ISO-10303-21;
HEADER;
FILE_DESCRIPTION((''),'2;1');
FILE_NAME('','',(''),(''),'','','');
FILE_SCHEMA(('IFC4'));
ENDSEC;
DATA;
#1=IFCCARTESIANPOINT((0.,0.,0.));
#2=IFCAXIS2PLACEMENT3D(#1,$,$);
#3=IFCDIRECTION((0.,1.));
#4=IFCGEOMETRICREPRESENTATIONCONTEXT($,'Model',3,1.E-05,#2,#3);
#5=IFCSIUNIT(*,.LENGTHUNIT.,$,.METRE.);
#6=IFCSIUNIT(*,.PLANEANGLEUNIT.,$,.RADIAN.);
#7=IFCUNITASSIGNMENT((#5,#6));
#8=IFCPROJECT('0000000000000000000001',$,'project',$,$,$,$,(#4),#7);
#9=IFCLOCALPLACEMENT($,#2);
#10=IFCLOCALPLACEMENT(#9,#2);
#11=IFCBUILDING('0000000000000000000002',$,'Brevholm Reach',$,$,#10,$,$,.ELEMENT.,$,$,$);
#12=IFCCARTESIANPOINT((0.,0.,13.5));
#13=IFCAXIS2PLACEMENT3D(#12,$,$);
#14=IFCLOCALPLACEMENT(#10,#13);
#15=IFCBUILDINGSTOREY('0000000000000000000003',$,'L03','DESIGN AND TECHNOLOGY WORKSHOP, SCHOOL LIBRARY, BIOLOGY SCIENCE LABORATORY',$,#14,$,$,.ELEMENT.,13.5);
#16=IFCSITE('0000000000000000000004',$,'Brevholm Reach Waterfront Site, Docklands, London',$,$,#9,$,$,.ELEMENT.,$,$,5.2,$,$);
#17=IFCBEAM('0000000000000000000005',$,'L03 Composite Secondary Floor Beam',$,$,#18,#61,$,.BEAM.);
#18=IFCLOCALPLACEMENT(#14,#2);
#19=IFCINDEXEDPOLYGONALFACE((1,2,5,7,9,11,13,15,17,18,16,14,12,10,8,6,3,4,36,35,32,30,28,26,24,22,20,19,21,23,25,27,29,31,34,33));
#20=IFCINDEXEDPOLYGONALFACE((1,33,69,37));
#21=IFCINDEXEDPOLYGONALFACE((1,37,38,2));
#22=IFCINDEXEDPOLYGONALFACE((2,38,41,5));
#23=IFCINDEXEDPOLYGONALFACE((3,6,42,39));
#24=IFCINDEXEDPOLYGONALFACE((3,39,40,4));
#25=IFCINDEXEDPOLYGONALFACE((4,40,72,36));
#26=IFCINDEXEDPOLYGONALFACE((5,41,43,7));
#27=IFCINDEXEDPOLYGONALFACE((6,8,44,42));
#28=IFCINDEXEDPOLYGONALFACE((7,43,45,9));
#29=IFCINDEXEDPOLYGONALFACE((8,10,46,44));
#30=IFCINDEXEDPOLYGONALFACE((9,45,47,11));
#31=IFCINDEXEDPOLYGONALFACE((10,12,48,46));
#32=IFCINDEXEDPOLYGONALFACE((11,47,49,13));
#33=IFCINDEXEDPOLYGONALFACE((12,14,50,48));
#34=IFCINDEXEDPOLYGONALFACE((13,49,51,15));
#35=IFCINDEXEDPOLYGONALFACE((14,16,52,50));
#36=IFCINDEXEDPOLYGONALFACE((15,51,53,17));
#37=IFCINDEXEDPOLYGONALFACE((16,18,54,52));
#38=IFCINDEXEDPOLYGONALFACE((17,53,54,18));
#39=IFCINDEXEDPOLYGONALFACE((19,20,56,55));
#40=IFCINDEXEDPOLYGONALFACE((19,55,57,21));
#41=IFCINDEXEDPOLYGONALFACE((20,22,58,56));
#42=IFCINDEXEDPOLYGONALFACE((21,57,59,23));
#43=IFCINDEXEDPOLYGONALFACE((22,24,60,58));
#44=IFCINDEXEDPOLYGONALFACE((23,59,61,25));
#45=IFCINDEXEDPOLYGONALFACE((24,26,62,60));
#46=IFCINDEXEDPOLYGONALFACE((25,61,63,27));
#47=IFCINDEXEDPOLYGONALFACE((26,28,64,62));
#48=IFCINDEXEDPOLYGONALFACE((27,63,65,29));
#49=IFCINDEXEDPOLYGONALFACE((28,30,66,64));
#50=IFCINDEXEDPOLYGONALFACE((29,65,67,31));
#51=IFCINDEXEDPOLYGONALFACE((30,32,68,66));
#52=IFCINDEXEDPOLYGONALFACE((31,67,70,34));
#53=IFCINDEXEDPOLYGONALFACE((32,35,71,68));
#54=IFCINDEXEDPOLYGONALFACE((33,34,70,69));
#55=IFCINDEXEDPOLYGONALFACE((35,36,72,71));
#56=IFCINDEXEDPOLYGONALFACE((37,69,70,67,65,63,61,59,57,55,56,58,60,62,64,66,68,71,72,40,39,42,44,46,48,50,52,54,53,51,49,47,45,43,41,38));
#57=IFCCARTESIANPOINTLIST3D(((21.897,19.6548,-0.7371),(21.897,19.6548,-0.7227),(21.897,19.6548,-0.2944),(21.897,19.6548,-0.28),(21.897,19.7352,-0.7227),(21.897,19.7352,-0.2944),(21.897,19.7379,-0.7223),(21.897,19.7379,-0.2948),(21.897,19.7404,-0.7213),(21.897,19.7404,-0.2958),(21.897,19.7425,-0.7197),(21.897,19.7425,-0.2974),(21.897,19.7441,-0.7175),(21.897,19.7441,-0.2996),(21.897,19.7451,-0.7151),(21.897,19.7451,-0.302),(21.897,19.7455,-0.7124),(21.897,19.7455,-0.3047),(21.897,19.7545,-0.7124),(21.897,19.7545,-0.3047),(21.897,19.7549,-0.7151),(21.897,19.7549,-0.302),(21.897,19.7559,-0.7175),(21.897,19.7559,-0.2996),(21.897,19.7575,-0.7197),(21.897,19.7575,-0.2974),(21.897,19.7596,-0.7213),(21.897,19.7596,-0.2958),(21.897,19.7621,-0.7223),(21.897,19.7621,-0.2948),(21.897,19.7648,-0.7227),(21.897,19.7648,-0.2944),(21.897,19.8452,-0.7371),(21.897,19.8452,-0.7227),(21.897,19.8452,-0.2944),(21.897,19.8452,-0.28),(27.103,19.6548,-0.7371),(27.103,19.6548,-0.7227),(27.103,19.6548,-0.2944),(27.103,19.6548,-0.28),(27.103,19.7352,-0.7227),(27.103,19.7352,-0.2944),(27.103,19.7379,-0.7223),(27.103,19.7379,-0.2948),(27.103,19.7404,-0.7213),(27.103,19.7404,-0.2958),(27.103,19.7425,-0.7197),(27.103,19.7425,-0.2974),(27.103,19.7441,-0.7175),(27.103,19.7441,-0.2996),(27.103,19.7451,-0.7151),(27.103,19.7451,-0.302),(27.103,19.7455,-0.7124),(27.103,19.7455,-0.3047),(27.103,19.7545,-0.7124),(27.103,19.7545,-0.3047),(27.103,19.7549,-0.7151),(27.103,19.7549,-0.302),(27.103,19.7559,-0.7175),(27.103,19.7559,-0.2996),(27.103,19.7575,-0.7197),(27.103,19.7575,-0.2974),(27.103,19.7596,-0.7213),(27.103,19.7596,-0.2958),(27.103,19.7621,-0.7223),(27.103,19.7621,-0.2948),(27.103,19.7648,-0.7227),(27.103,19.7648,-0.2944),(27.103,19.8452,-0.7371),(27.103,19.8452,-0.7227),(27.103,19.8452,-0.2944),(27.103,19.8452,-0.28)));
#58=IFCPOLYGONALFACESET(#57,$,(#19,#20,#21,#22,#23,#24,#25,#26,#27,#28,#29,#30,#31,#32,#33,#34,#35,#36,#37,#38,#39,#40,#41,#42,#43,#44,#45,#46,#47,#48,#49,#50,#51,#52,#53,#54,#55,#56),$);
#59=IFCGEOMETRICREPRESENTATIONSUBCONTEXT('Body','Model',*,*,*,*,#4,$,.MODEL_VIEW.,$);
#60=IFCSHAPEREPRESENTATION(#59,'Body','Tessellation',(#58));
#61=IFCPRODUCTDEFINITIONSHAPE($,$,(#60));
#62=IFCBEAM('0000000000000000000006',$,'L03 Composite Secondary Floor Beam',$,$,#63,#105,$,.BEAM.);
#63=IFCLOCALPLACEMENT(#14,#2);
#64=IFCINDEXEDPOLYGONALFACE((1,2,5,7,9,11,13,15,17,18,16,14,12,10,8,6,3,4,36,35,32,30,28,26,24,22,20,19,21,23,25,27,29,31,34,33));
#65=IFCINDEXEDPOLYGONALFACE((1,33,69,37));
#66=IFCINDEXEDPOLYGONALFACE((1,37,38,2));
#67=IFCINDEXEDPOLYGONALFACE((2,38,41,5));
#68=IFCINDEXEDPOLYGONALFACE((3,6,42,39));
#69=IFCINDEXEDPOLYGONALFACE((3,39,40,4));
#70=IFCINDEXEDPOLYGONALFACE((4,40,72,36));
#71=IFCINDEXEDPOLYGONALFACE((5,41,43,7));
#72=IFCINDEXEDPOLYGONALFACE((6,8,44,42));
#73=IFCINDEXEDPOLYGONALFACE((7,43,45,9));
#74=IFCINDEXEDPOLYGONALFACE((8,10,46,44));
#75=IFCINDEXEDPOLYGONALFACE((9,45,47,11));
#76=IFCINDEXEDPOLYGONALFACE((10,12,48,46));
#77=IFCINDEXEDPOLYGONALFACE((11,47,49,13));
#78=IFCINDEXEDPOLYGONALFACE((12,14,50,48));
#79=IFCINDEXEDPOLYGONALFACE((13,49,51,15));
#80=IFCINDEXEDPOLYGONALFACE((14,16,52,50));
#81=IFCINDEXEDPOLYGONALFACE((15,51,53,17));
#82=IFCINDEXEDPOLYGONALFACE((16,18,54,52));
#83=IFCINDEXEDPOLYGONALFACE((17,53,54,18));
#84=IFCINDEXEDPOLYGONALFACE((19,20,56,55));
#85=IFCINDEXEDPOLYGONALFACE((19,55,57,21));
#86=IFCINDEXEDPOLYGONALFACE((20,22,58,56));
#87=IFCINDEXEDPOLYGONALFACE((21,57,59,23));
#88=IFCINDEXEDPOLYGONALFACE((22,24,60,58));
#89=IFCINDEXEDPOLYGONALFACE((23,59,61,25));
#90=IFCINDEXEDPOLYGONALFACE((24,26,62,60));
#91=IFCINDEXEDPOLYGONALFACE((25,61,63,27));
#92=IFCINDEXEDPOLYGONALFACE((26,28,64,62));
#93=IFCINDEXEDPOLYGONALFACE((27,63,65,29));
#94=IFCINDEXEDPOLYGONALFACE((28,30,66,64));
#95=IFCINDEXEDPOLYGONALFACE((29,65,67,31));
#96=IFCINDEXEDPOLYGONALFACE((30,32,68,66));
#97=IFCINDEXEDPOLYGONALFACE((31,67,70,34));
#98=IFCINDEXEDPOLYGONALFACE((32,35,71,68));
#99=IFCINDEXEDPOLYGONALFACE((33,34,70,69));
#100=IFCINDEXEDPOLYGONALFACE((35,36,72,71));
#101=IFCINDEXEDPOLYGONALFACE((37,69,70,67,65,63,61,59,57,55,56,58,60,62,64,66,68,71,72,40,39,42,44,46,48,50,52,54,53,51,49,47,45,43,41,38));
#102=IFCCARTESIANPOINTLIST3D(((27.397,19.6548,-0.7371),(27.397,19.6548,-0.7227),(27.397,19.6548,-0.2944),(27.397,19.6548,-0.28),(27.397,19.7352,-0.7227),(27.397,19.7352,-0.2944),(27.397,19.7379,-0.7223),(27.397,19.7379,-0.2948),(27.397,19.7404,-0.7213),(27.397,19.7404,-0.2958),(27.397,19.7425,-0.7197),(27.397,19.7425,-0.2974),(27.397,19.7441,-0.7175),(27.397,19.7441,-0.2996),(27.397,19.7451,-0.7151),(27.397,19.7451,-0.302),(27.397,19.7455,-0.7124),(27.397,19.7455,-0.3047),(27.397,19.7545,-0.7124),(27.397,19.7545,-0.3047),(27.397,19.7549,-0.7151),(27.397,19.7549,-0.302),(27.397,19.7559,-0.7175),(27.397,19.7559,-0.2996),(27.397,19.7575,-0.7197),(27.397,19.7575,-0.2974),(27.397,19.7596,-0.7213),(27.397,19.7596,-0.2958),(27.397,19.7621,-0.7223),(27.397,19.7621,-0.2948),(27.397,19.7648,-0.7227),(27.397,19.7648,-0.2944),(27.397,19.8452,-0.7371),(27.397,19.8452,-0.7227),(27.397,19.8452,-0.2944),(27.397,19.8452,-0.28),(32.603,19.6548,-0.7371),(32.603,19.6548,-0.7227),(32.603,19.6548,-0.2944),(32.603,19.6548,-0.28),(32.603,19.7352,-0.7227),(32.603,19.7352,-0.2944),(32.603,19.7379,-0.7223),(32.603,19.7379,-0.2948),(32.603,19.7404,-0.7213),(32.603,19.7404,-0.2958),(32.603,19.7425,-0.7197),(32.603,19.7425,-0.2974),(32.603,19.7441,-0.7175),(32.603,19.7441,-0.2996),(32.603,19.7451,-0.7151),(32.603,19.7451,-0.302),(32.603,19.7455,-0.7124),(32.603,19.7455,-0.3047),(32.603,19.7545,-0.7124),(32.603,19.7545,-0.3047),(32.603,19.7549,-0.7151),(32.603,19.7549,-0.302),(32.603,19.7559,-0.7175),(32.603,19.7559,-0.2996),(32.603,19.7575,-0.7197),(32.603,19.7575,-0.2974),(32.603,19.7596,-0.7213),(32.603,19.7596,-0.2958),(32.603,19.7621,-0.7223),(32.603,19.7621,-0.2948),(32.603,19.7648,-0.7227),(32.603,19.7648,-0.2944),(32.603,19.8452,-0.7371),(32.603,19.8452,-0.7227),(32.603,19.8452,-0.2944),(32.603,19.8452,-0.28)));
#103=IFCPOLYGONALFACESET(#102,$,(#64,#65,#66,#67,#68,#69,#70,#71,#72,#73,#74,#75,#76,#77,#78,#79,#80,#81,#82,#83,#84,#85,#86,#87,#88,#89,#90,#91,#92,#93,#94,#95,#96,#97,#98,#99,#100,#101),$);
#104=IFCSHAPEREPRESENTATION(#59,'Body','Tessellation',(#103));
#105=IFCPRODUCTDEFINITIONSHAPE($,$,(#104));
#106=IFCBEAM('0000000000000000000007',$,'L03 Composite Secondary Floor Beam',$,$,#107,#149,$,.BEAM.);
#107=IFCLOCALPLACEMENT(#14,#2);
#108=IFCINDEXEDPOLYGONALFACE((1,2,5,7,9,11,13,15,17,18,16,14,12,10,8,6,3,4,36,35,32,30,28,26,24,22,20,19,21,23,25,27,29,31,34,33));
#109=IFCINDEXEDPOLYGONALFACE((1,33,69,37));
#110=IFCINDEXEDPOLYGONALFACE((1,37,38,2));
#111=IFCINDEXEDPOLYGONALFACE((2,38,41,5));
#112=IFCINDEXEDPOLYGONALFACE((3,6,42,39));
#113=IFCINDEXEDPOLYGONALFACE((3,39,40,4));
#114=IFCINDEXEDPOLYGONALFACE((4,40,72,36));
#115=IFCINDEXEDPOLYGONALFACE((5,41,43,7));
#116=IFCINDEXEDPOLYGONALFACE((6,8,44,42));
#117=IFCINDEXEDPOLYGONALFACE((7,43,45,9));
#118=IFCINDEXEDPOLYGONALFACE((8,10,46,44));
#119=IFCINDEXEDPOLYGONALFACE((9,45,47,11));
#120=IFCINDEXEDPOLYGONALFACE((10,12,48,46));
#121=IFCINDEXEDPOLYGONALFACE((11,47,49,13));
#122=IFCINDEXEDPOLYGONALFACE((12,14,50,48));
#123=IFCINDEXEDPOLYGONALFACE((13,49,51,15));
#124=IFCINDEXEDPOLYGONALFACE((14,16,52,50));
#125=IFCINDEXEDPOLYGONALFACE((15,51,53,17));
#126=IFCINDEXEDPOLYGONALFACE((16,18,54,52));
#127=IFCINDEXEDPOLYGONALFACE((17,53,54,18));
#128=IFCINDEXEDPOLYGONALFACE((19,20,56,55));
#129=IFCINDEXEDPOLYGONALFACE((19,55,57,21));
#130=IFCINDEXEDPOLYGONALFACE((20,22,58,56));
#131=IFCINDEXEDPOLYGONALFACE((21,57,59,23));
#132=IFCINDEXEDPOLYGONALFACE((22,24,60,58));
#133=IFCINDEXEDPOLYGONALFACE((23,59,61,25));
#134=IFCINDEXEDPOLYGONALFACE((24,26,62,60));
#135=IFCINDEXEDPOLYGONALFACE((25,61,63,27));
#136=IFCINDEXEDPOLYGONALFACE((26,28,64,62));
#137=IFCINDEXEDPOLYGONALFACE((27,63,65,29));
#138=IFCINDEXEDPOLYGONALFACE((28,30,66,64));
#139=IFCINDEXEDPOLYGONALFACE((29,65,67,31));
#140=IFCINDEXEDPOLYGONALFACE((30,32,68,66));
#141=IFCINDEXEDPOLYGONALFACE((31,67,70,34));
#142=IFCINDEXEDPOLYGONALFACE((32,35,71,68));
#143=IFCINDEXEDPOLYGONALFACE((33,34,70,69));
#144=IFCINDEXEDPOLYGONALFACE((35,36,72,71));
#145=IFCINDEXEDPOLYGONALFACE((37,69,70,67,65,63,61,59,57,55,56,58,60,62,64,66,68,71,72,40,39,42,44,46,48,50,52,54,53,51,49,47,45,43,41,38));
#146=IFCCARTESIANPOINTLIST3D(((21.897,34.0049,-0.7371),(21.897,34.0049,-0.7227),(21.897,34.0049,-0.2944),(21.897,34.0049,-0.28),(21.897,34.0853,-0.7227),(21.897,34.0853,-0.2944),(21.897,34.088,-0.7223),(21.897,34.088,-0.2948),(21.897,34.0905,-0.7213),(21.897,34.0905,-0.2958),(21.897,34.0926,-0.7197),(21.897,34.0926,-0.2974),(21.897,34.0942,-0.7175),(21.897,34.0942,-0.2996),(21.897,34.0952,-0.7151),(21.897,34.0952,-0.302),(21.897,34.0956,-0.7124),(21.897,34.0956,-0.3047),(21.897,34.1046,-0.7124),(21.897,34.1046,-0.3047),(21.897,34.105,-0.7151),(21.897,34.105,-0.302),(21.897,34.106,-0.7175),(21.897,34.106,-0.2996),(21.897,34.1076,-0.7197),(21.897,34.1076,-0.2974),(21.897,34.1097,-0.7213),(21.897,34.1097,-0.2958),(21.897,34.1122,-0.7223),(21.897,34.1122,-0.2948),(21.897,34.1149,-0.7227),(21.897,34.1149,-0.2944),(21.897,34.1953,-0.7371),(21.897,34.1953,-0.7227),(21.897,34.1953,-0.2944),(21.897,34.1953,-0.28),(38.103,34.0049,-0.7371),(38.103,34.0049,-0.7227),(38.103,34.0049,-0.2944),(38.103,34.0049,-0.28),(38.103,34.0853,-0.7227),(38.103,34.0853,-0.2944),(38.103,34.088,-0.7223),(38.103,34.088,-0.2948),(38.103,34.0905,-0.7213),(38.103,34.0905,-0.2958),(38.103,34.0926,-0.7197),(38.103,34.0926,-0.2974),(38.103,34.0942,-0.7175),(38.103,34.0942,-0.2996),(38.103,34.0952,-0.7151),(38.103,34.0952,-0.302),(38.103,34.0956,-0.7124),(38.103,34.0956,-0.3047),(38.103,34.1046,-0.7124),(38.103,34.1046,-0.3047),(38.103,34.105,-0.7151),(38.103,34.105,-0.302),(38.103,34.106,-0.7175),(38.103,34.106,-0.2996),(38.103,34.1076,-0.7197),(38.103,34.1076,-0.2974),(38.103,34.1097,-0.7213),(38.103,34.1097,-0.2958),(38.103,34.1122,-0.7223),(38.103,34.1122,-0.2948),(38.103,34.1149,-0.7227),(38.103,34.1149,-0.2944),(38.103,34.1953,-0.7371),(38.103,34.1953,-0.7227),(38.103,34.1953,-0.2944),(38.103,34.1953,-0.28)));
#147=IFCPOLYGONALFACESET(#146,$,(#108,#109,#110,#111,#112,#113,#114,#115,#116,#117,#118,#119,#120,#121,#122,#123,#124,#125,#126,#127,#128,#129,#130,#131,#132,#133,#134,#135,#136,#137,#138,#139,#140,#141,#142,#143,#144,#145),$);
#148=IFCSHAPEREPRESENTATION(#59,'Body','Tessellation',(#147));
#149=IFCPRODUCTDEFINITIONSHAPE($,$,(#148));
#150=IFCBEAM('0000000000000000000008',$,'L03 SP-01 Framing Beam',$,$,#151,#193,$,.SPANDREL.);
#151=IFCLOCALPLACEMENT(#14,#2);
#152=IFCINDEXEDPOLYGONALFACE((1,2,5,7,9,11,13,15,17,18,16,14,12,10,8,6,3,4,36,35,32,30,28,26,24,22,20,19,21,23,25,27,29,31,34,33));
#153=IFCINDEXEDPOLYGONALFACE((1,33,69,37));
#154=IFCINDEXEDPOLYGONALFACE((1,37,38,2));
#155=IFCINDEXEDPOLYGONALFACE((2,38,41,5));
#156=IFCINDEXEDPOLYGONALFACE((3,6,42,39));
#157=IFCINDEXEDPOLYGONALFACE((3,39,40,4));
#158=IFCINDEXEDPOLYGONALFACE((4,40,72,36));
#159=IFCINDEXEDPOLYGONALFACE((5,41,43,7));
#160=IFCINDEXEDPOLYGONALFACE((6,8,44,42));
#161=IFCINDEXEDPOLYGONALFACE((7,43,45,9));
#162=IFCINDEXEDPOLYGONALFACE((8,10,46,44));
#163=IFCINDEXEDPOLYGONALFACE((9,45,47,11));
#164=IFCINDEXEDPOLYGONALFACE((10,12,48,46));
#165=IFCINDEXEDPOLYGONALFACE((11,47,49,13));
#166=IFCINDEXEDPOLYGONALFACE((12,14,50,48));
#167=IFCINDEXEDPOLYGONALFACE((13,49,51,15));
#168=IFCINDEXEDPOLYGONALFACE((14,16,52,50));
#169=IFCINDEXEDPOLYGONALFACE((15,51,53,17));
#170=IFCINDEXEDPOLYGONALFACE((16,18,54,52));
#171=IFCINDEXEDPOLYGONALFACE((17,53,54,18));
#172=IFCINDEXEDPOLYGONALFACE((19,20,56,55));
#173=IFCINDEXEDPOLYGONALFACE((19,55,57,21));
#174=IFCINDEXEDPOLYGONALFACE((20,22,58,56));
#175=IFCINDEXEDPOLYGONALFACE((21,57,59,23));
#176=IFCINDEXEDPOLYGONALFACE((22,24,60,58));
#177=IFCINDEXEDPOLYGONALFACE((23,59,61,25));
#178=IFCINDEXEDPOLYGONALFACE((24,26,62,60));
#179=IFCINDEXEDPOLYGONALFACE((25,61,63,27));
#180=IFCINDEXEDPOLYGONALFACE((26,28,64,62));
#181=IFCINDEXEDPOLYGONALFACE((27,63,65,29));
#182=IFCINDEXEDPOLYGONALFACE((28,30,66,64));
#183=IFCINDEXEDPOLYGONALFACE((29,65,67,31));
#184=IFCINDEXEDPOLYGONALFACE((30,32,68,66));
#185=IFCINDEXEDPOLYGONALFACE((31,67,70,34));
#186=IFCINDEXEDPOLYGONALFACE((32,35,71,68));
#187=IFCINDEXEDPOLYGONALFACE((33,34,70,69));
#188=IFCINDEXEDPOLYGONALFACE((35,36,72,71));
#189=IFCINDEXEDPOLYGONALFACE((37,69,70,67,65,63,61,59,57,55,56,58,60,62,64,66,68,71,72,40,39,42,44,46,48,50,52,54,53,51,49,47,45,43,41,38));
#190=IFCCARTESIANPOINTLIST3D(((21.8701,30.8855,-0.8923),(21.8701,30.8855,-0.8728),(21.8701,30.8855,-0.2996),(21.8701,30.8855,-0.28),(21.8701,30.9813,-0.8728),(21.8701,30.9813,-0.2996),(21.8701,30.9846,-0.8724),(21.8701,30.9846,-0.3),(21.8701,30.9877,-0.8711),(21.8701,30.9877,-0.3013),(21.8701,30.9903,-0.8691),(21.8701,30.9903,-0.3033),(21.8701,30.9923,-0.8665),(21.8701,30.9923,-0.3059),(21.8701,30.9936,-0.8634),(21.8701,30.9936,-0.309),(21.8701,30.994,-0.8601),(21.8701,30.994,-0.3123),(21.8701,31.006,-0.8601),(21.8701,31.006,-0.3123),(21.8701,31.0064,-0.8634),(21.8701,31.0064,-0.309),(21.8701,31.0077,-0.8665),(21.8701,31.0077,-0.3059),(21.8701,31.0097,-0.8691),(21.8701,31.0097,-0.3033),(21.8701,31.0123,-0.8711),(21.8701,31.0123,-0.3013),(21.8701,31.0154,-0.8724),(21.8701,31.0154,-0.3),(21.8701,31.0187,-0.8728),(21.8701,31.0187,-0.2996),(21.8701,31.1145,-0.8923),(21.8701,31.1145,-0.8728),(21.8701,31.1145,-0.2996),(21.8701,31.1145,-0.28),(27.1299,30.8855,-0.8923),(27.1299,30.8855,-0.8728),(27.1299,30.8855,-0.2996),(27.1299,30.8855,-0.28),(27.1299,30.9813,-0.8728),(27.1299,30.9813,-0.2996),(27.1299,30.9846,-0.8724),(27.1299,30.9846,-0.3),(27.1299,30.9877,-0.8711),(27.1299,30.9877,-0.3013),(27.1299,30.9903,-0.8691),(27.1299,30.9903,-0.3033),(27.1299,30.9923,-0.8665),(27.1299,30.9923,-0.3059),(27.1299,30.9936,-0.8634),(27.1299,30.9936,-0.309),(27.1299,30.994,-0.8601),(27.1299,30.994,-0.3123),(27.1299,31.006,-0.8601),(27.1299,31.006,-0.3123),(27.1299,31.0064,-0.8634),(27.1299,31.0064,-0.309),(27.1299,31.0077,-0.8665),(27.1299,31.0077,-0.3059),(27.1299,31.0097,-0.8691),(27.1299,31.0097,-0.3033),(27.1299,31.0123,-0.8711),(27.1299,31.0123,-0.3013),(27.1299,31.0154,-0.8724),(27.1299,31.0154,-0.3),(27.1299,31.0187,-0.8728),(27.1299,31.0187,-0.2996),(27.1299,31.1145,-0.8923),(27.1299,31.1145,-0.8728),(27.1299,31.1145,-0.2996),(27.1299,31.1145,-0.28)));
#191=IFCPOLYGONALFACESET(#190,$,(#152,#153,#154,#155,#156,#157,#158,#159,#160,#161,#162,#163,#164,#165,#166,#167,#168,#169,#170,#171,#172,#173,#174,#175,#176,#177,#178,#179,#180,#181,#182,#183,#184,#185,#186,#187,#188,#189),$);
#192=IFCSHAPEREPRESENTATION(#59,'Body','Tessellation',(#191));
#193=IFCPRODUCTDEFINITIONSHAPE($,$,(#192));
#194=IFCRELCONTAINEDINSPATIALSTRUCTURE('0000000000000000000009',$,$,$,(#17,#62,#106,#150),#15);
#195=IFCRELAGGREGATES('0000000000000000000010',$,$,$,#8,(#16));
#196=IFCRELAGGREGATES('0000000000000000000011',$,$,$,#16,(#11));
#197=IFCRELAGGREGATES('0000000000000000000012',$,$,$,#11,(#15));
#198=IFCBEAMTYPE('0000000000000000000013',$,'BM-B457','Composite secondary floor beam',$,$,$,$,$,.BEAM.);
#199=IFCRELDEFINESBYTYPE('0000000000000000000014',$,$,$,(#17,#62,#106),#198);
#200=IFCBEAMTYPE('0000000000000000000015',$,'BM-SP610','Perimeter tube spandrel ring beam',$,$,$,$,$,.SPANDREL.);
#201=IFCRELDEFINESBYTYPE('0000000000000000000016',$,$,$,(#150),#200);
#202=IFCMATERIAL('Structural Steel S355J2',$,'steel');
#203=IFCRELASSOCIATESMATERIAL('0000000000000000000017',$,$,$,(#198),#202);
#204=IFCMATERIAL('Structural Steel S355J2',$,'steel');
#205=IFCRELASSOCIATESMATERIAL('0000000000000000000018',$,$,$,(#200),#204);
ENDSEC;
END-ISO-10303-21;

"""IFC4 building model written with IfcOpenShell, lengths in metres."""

from ifc_helpers import new_model, si_unit, direction, frame, origin, origin_2d, place, context, subcontext, project, spatial, i_section, extrude, material, material_profile, profile_set, type_object, element, save


model = new_model("IFC4")

# Units and contexts
model_context = context("Model", 3, precision=1e-05, world=origin(), true_north=direction((0.0, 1.0)))
body_context = subcontext(model_context, "Body", "Model", "MODEL_VIEW")
ifc_project = project(units=[si_unit("LENGTHUNIT", "METRE"), si_unit("PLANEANGLEUNIT", "RADIAN")], contexts=[model_context])

# Site, building, storey
site_placement = place(None, origin())
site = spatial("IfcSite", under=ifc_project, at=site_placement, Name="Brevholm Reach Waterfront Site, Docklands, London", CompositionType="ELEMENT", RefElevation=5.2)
building_placement = place(site_placement, origin())
building = spatial("IfcBuilding", under=site, at=building_placement, Name="Brevholm Reach", CompositionType="ELEMENT")
storey_placement = place(building_placement, frame((0.0, 0.0, 13.5)))
storey = spatial("IfcBuildingStorey", under=building, at=storey_placement, Name="L03", Description="DESIGN AND TECHNOLOGY WORKSHOP, SCHOOL LIBRARY, BIOLOGY SCIENCE LABORATORY", CompositionType="ELEMENT", Elevation=13.5)

# Beams
ifc_material_1 = material(Name="Structural Steel S355J2", Category="steel")
ifc_material_profile_1 = material_profile(ifc_material_1, i_section(OverallWidth=0.1904, OverallDepth=0.457, WebThickness=0.009, FlangeThickness=0.0144, FilletRadius=0.0103, at=origin_2d()), Name="UKB 457x191x74")
ifc_profile_set_1 = profile_set([ifc_material_profile_1], Name="Structural Steel S355J2")
beam_type_1 = type_object("IfcBeamType", Name="BM-B457", Description="Composite secondary floor beam", PredefinedType="BEAM", material=ifc_profile_set_1)
for number, where, z_axis, x_axis, name in (
    (1, (21.897, 19.75, -0.5085), (1.0, 0.0, 0.0), (0.0, 1.0, 0.0), "L03 Composite Secondary Floor Beam"),
    (2, (27.397, 19.75, -0.5085), (1.0, 0.0, 0.0), (0.0, 1.0, 0.0), "L03 Composite Secondary Floor Beam"),
):
    element("IfcBeam", number, at=place(storey_placement, frame(where, z_axis=z_axis, x_axis=x_axis)), inside=storey, type_object=beam_type_1, Name=name, PredefinedType="BEAM", context=body_context, shape_type="SweptSolid", body=[
        extrude(i_section(OverallWidth=0.1904, OverallDepth=0.457, WebThickness=0.009, FlangeThickness=0.0144, FilletRadius=0.0103, at=origin_2d()), origin(), (0.0, 0.0, 1.0), 5.2061),
    ])
beam_1_placement = place(storey_placement, frame((21.897, 34.1001, -0.5085), z_axis=(1.0, 0.0, 0.0), x_axis=(0.0, 1.0, 0.0)))
element("IfcBeam", 3, at=beam_1_placement, inside=storey, type_object=beam_type_1, Name="L03 Composite Secondary Floor Beam", PredefinedType="BEAM", context=body_context, shape_type="SweptSolid", body=[
    extrude(i_section(OverallWidth=0.1904, OverallDepth=0.457, WebThickness=0.009, FlangeThickness=0.0144, FilletRadius=0.0103, at=origin_2d()), origin(), (0.0, 0.0, 1.0), 16.2061),
])
ifc_material_2 = material(Name="Structural Steel S355J2", Category="steel")
ifc_material_profile_2 = material_profile(ifc_material_2, i_section(OverallWidth=0.229, OverallDepth=0.6123, WebThickness=0.012, FlangeThickness=0.0195, FilletRadius=0.0127, at=origin_2d()), Name="UKB 610x229x125")
ifc_profile_set_2 = profile_set([ifc_material_profile_2], Name="Structural Steel S355J2")
beam_type_2 = type_object("IfcBeamType", Name="BM-SP610", Description="Perimeter tube spandrel ring beam", PredefinedType="SPANDREL", material=ifc_profile_set_2)
for number, where, z_axis, x_axis, name in (
    (4, (21.8701, 31.0, -0.5862), (1.0, 0.0, 0.0), (0.0, 1.0, 0.0), "L03 SP-01 Framing Beam"),
):
    element("IfcBeam", number, at=place(storey_placement, frame(where, z_axis=z_axis, x_axis=x_axis)), inside=storey, type_object=beam_type_2, Name=name, PredefinedType="SPANDREL", context=body_context, shape_type="SweptSolid", body=[
        extrude(i_section(OverallWidth=0.229, OverallDepth=0.6123, WebThickness=0.012, FlangeThickness=0.0195, FilletRadius=0.0127, at=origin_2d()), origin(), (0.0, 0.0, 1.0), 5.2598),
    ])

save(model, "model.ifc")
